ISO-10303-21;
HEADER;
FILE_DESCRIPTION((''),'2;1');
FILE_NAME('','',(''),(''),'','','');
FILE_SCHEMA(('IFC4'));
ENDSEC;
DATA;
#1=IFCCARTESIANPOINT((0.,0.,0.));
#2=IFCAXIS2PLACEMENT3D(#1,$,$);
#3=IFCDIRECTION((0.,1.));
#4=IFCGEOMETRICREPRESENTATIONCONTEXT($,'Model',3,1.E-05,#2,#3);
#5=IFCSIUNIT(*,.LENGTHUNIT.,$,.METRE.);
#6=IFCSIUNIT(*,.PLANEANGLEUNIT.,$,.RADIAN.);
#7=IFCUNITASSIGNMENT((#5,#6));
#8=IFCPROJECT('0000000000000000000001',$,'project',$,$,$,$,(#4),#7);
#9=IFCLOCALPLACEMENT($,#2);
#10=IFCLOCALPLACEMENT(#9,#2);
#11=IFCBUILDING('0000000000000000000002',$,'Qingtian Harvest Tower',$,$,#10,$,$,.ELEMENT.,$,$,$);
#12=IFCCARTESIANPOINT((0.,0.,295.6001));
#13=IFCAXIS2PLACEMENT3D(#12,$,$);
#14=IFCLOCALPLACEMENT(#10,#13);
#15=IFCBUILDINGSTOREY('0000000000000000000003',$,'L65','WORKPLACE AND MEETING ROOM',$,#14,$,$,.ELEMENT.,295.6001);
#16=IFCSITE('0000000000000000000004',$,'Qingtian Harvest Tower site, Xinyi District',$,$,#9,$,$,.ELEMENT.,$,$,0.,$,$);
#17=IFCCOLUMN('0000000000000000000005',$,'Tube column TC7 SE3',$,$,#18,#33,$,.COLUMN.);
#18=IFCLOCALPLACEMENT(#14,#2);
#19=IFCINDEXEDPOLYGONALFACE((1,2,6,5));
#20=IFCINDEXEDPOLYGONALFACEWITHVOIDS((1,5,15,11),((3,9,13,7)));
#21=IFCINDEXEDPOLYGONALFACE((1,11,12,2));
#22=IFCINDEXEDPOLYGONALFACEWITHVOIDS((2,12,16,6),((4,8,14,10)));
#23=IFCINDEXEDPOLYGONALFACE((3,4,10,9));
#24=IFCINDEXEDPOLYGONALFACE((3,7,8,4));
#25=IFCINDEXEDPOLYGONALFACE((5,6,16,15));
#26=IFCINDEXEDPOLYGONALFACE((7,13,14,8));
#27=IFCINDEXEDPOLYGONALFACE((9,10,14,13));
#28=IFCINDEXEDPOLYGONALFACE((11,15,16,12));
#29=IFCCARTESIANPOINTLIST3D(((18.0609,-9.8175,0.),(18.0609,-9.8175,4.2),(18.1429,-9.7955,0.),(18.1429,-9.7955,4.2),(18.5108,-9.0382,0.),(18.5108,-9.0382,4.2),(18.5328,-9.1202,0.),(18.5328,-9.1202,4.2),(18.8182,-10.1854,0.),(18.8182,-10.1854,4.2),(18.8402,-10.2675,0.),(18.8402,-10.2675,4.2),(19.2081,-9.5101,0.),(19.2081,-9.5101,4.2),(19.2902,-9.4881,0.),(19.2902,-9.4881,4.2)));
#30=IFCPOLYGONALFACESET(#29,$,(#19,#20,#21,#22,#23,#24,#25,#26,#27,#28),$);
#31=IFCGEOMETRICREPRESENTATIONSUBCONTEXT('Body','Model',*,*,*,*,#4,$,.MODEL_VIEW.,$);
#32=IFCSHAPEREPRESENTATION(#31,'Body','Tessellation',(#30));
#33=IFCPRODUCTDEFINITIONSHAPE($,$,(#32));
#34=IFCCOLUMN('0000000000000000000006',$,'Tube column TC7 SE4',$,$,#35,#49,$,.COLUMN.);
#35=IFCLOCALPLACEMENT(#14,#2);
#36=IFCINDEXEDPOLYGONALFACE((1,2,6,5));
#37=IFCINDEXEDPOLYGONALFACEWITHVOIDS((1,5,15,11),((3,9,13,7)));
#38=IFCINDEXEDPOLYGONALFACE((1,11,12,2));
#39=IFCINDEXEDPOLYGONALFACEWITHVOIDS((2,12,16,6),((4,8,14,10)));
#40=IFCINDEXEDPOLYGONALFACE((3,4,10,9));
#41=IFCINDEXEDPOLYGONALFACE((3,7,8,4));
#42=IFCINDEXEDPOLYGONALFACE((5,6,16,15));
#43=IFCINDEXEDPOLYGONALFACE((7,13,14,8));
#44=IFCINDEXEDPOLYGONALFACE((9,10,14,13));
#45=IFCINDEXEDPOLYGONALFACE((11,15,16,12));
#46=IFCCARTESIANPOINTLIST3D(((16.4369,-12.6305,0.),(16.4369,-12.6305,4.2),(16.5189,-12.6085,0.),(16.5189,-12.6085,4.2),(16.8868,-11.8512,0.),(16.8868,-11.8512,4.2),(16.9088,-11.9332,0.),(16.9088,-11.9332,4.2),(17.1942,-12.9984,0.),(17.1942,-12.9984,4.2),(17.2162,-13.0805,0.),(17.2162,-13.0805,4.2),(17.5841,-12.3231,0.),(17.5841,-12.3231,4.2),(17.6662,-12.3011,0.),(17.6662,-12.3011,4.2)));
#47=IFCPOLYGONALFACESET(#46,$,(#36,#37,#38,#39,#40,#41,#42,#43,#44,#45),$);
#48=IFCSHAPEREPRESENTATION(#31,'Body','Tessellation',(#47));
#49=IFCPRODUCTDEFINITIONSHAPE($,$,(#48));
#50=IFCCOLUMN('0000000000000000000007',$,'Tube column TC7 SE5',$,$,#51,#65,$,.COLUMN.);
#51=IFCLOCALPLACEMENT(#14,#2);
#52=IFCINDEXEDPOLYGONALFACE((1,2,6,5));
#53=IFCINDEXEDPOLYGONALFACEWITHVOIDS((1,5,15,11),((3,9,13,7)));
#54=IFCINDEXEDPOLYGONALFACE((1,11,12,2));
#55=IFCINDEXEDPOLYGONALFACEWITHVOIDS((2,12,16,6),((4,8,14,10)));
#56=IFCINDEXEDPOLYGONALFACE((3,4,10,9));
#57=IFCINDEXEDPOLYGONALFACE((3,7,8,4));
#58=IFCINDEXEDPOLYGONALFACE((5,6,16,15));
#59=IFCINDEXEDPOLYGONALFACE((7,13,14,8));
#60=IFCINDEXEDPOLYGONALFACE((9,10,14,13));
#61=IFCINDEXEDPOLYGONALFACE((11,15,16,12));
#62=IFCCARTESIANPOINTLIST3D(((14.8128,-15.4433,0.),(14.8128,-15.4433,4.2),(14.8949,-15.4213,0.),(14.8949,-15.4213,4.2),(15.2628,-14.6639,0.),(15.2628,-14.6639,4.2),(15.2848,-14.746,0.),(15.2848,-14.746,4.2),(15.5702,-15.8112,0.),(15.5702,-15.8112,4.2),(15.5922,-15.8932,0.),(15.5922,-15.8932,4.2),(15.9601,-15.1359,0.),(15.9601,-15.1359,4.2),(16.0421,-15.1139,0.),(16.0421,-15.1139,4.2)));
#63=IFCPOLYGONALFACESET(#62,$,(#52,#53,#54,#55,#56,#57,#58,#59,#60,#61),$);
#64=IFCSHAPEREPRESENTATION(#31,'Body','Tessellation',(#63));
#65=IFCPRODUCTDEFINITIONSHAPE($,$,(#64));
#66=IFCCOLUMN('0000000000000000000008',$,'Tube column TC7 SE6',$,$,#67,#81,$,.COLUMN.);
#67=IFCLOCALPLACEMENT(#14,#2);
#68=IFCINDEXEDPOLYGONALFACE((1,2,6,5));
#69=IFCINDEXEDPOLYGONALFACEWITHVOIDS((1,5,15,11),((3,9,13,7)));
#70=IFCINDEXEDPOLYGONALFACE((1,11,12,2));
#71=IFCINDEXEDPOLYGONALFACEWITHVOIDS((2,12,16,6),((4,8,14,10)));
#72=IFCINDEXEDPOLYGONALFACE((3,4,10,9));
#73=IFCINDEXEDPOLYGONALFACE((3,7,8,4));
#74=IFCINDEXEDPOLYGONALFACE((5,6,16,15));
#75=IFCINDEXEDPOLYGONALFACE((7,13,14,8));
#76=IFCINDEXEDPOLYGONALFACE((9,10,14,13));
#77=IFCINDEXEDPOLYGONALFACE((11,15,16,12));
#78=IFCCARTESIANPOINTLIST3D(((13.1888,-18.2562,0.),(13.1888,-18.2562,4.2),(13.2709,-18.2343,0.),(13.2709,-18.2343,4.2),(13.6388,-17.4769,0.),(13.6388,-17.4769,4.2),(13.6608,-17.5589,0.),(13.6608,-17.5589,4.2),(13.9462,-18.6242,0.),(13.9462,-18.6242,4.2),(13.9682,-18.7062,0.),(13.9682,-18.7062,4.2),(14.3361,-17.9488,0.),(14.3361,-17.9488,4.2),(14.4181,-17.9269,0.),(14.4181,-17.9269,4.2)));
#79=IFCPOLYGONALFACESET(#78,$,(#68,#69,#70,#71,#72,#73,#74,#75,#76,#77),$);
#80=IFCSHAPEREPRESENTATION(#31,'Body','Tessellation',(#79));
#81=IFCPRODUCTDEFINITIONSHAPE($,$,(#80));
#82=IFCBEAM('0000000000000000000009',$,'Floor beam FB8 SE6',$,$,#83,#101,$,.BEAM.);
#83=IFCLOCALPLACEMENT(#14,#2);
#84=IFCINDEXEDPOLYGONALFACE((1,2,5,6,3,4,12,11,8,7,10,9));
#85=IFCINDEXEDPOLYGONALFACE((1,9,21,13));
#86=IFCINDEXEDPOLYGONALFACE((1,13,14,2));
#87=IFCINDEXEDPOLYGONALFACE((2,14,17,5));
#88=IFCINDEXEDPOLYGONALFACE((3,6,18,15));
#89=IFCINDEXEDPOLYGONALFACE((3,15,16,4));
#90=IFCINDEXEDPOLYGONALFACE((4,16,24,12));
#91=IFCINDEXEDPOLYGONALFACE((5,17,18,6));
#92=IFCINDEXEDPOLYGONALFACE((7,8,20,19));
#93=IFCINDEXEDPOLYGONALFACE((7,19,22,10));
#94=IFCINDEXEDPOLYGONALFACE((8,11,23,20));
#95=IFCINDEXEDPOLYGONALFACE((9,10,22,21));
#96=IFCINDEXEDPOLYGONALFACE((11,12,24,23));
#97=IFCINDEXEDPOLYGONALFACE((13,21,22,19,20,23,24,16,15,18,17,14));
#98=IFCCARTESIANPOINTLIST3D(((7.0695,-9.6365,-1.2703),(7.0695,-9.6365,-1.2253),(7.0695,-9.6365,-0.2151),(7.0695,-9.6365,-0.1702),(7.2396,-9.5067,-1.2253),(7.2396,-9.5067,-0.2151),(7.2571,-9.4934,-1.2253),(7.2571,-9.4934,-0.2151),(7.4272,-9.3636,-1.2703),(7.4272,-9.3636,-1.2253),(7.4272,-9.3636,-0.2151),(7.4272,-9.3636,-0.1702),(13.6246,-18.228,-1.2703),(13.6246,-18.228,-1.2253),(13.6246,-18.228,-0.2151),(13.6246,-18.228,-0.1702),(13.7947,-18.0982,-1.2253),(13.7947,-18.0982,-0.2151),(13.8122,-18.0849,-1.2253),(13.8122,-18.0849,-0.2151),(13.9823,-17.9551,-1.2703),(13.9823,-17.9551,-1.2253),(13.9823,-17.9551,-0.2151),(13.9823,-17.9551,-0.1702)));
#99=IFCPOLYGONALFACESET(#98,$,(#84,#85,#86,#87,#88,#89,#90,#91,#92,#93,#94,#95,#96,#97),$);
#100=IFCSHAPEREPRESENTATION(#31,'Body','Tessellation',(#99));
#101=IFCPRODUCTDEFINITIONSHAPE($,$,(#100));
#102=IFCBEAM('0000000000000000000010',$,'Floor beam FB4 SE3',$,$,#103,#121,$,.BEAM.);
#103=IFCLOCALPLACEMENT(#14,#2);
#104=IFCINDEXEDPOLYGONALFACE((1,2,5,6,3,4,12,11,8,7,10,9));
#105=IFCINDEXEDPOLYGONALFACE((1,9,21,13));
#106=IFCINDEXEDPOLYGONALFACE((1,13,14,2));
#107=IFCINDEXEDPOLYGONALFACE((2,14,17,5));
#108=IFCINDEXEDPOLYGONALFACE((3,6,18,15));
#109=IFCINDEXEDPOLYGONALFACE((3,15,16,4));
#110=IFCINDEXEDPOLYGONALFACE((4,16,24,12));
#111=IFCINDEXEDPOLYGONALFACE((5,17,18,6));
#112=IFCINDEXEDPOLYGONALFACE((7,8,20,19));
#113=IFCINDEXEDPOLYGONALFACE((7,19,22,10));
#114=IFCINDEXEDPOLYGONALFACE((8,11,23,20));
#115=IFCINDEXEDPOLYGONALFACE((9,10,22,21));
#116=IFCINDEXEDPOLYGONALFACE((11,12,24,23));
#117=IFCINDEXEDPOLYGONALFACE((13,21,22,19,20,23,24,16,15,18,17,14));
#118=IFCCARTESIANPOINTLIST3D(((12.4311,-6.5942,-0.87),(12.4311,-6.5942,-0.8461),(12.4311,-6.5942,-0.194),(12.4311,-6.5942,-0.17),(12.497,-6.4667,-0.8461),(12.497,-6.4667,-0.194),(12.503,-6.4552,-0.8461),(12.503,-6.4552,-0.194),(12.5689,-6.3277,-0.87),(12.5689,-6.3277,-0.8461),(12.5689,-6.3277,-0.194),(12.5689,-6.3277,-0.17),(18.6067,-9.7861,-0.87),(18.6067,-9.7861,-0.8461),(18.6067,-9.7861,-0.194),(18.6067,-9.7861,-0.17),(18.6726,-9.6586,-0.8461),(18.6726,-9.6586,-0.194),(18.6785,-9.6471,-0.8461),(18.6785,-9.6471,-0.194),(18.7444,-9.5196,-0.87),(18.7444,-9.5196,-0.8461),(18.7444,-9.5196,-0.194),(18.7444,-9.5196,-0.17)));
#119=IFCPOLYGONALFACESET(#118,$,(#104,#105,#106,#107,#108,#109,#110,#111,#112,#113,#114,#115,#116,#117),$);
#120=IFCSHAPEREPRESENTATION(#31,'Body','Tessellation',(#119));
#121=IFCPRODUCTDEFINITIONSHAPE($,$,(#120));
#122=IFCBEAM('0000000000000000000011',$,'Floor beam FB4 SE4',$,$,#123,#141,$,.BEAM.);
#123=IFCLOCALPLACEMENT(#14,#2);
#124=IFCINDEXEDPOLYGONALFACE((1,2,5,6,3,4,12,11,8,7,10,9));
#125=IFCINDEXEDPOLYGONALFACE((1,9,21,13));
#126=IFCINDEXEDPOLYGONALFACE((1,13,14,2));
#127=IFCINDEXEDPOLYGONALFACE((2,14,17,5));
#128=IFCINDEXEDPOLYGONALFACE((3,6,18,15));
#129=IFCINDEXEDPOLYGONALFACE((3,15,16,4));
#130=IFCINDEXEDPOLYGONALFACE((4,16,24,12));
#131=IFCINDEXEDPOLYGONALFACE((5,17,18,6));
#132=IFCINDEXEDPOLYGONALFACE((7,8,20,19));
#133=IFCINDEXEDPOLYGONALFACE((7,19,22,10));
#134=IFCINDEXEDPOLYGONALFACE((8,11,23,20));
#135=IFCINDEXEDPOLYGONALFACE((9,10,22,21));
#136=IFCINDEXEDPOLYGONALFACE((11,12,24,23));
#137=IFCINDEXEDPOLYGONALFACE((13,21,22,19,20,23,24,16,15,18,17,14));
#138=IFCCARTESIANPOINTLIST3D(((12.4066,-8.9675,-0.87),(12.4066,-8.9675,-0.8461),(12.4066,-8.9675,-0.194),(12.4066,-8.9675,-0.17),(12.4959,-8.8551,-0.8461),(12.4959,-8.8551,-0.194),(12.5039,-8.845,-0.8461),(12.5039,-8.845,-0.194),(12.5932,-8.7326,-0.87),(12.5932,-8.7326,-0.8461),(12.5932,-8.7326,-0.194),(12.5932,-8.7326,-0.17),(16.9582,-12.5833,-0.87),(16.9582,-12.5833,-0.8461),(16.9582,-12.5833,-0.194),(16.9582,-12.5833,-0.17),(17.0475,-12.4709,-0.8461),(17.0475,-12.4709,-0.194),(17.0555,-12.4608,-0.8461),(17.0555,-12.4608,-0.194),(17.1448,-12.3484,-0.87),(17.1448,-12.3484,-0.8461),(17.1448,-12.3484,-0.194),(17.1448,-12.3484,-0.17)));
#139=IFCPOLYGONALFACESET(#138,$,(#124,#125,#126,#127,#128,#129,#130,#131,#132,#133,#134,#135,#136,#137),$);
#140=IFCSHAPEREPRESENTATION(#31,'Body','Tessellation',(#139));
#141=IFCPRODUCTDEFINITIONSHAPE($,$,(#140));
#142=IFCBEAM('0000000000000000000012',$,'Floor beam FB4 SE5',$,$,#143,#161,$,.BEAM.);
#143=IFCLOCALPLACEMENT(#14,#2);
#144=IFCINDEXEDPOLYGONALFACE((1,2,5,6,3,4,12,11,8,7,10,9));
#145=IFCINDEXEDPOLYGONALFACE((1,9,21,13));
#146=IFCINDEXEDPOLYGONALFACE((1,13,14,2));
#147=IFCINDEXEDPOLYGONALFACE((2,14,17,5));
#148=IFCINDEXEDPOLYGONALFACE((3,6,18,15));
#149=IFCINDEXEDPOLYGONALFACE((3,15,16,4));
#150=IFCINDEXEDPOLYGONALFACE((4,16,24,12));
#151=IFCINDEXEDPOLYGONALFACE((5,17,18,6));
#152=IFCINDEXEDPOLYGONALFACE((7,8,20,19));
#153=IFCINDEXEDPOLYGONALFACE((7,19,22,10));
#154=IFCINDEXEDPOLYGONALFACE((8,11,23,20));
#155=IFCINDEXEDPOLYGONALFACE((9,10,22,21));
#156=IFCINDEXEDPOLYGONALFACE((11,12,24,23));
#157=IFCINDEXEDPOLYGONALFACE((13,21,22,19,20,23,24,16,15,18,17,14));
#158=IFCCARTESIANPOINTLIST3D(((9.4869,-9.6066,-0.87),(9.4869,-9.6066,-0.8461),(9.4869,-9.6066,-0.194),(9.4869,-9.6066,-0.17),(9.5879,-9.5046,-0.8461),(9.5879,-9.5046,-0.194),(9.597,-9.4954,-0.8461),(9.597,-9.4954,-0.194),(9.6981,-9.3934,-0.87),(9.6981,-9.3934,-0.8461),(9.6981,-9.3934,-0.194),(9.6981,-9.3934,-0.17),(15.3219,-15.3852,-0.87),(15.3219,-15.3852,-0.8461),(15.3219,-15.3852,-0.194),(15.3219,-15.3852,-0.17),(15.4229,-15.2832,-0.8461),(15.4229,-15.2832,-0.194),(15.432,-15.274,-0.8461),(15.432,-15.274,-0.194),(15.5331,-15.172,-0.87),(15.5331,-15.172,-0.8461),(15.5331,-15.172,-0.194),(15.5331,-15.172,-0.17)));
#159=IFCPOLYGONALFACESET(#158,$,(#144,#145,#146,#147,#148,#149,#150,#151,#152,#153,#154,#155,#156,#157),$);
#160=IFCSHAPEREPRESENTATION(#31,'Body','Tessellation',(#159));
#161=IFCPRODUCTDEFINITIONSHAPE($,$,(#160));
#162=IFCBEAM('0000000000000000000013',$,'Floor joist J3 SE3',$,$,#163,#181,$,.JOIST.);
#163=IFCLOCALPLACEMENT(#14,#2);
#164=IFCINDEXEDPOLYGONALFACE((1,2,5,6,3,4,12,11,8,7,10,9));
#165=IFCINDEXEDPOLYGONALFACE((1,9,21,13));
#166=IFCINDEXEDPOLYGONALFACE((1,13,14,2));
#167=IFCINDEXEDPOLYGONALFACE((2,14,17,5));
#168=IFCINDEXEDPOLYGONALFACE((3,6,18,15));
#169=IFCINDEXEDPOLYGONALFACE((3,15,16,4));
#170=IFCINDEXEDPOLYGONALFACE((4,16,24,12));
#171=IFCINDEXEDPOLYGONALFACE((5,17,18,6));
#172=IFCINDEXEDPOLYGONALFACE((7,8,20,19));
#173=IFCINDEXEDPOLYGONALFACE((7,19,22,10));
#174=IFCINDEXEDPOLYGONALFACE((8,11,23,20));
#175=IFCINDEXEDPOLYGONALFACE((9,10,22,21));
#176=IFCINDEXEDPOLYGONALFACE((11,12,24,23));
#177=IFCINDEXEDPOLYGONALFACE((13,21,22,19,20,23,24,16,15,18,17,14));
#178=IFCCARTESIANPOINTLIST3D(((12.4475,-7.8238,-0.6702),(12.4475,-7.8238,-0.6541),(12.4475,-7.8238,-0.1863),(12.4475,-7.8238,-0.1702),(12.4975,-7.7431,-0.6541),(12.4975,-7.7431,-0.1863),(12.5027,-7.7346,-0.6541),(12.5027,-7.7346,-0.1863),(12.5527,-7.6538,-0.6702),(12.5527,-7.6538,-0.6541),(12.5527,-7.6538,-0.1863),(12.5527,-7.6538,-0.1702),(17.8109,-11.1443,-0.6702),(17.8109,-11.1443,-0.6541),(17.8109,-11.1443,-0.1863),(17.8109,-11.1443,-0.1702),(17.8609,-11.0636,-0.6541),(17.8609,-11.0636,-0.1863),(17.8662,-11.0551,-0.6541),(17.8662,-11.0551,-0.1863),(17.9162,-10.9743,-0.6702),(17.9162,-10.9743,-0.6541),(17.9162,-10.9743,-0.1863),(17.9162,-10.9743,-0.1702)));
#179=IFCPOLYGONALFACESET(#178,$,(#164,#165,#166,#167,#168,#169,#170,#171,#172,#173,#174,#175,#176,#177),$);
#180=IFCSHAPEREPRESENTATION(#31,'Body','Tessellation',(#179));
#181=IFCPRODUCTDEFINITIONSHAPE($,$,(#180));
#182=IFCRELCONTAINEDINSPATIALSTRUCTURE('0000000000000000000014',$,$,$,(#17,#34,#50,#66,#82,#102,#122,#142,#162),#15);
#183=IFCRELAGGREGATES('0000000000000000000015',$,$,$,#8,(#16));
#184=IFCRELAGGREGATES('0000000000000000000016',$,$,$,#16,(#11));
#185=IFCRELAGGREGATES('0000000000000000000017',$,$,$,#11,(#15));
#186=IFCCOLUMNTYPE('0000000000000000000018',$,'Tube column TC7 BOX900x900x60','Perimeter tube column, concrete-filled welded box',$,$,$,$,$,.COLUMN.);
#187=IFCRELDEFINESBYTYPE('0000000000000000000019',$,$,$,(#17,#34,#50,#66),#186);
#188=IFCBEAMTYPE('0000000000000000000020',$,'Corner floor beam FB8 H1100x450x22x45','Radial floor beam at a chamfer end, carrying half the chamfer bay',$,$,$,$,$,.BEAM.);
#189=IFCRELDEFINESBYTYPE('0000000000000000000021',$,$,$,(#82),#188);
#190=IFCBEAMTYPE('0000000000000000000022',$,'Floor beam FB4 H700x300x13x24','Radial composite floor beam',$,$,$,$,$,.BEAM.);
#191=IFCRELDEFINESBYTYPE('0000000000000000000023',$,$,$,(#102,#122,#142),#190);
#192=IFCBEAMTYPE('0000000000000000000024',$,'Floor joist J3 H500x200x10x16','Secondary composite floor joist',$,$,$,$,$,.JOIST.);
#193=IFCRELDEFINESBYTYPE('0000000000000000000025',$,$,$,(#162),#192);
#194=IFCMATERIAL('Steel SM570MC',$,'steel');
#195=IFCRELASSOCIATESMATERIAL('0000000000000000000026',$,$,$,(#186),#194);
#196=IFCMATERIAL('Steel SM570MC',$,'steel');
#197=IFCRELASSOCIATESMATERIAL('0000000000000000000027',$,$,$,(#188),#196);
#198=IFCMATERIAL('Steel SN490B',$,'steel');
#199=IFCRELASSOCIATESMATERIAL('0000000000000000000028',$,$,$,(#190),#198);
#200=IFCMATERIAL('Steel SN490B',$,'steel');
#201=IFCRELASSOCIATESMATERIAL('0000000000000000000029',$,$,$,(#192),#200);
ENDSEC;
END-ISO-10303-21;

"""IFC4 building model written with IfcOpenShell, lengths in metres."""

from ifc_helpers import new_model, si_unit, direction, frame, origin, origin_2d, place, context, subcontext, project, spatial, hollow_rectangle, i_section, extrude, material, material_profile, profile_set, type_object, element, save


model = new_model("IFC4")

# Units and contexts
model_context = context("Model", 3, precision=1e-05, world=origin(), true_north=direction((0.0, 1.0)))
body_context = subcontext(model_context, "Body", "Model", "MODEL_VIEW")
ifc_project = project(units=[si_unit("LENGTHUNIT", "METRE"), si_unit("PLANEANGLEUNIT", "RADIAN")], contexts=[model_context])

# Site, building, storey
site_placement = place(None, origin())
site = spatial("IfcSite", under=ifc_project, at=site_placement, Name="Qingtian Harvest Tower site, Xinyi District", CompositionType="ELEMENT", RefElevation=0.0)
building_placement = place(site_placement, origin())
building = spatial("IfcBuilding", under=site, at=building_placement, Name="Qingtian Harvest Tower", CompositionType="ELEMENT")
storey_placement = place(building_placement, frame((0.0, 0.0, 295.6001)))
storey = spatial("IfcBuildingStorey", under=building, at=storey_placement, Name="L65", Description="WORKPLACE AND MEETING ROOM", CompositionType="ELEMENT", Elevation=295.6001)

# Columns
ifc_material_1 = material(Name="Steel SM570MC", Category="steel")
ifc_material_profile_1 = material_profile(ifc_material_1, hollow_rectangle(XDim=0.8999, YDim=0.8999, WallThickness=0.0601, at=origin_2d()), Name="BOX900x900x60")
ifc_profile_set_1 = profile_set([ifc_material_profile_1], Name="Steel SM570MC")
column_type = type_object("IfcColumnType", Name="Tube column TC7 BOX900x900x60", Description="Perimeter tube column, concrete-filled welded box", PredefinedType="COLUMN", material=ifc_profile_set_1)
for number, where, z_axis, x_axis, name in (
    (1, (18.6755, -9.6528, 0.0), (0.0, 0.0, 1.0), (0.5, 0.866025, 0.0), "Tube column TC7 SE3"),
    (2, (17.0515, -12.4658, 0.0), (0.0, 0.0, 1.0), (0.5, 0.866025, 0.0), "Tube column TC7 SE4"),
    (3, (15.4275, -15.2786, 0.0), (0.0, 0.0, 1.0), (0.5, 0.866025, 0.0), "Tube column TC7 SE5"),
    (4, (13.8035, -18.0916, 0.0), (0.0, 0.0, 1.0), (0.5, 0.866025, 0.0), "Tube column TC7 SE6"),
):
    element("IfcColumn", number, at=place(storey_placement, frame(where, z_axis=z_axis, x_axis=x_axis)), inside=storey, type_object=column_type, Name=name, PredefinedType="COLUMN", context=body_context, shape_type="SweptSolid", body=[
        extrude(hollow_rectangle(XDim=0.8999, YDim=0.8999, WallThickness=0.0601, at=origin_2d()), origin(), (0.0, 0.0, 1.0), 4.2),
    ])

# Beams
ifc_material_2 = material(Name="Steel SM570MC", Category="steel")
ifc_material_profile_2 = material_profile(ifc_material_2, i_section(OverallWidth=0.45, OverallDepth=1.1001, WebThickness=0.022, FlangeThickness=0.0449, at=origin_2d()), Name="H1100x450x22x45")
ifc_profile_set_2 = profile_set([ifc_material_profile_2], Name="Steel SM570MC")
beam_type_1 = type_object("IfcBeamType", Name="Corner floor beam FB8 H1100x450x22x45", Description="Radial floor beam at a chamfer end, carrying half the chamfer bay", PredefinedType="BEAM", material=ifc_profile_set_2)
beam_1_placement = place(storey_placement, frame((13.8035, -18.0916, -0.7202), z_axis=(-0.606584, 0.79502, 0.0), x_axis=(-0.79502, -0.606584, 0.0)))
element("IfcBeam", 5, at=beam_1_placement, inside=storey, type_object=beam_type_1, Name="Floor beam FB8 SE6", PredefinedType="BEAM", context=body_context, shape_type="SweptSolid", body=[
    extrude(i_section(OverallWidth=0.45, OverallDepth=1.1001, WebThickness=0.022, FlangeThickness=0.0449, at=origin_2d()), origin(), (0.0, 0.0, 1.0), 10.8066),
])
ifc_material_3 = material(Name="Steel SN490B", Category="steel")
ifc_material_profile_3 = material_profile(ifc_material_3, i_section(OverallWidth=0.3, OverallDepth=0.7, WebThickness=0.0129, FlangeThickness=0.0239, at=origin_2d()), Name="H700x300x13x24")
ifc_profile_set_3 = profile_set([ifc_material_profile_3], Name="Steel SN490B")
beam_type_2 = type_object("IfcBeamType", Name="Floor beam FB4 H700x300x13x24", Description="Radial composite floor beam", PredefinedType="BEAM", material=ifc_profile_set_3)
beam_2_placement = place(storey_placement, frame((18.6755, -9.6528, -0.52), z_axis=(-0.888355, 0.459156, 0.0), x_axis=(-0.459156, -0.888355, 0.0)))
element("IfcBeam", 6, at=beam_2_placement, inside=storey, type_object=beam_type_2, Name="Floor beam FB4 SE3", PredefinedType="BEAM", context=body_context, shape_type="SweptSolid", body=[
    extrude(i_section(OverallWidth=0.3, OverallDepth=0.7, WebThickness=0.0129, FlangeThickness=0.0239, at=origin_2d()), origin(), (0.0, 0.0, 1.0), 6.9517),
])
beam_3_placement = place(storey_placement, frame((17.0515, -12.4658, -0.52), z_axis=(-0.783003, 0.622018, 0.0), x_axis=(-0.622018, -0.783003, 0.0)))
element("IfcBeam", 7, at=beam_3_placement, inside=storey, type_object=beam_type_2, Name="Floor beam FB4 SE4", PredefinedType="BEAM", context=body_context, shape_type="SweptSolid", body=[
    extrude(i_section(OverallWidth=0.3, OverallDepth=0.7, WebThickness=0.0129, FlangeThickness=0.0239, at=origin_2d()), origin(), (0.0, 0.0, 1.0), 5.813),
])
beam_4_placement = place(storey_placement, frame((15.4275, -15.2786, -0.52), z_axis=(-0.710532, 0.703665, 0.0), x_axis=(-0.703665, -0.710532, 0.0)))
element("IfcBeam", 8, at=beam_4_placement, inside=storey, type_object=beam_type_2, Name="Floor beam FB4 SE5", PredefinedType="BEAM", context=body_context, shape_type="SweptSolid", body=[
    extrude(i_section(OverallWidth=0.3, OverallDepth=0.7, WebThickness=0.0129, FlangeThickness=0.0239, at=origin_2d()), origin(), (0.0, 0.0, 1.0), 8.2122),
])
ifc_material_4 = material(Name="Steel SN490B", Category="steel")
ifc_material_profile_4 = material_profile(ifc_material_4, i_section(OverallWidth=0.2, OverallDepth=0.5, WebThickness=0.01, FlangeThickness=0.0161, at=origin_2d()), Name="H500x200x10x16")
ifc_profile_set_4 = profile_set([ifc_material_profile_4], Name="Steel SN490B")
beam_type_3 = type_object("IfcBeamType", Name="Floor joist J3 H500x200x10x16", Description="Secondary composite floor joist", PredefinedType="JOIST", material=ifc_profile_set_4)
beam_5_placement = place(storey_placement, frame((17.8635, -11.0593, -0.4202), z_axis=(-0.850245, 0.526387, 0.0), x_axis=(-0.526387, -0.850245, 0.0)))
element("IfcBeam", 9, at=beam_5_placement, inside=storey, type_object=beam_type_3, Name="Floor joist J3 SE3", PredefinedType="JOIST", context=body_context, shape_type="SweptSolid", body=[
    extrude(i_section(OverallWidth=0.2, OverallDepth=0.5, WebThickness=0.01, FlangeThickness=0.0161, at=origin_2d()), origin(), (0.0, 0.0, 1.0), 6.3081),
])

save(model, "model.ifc")
